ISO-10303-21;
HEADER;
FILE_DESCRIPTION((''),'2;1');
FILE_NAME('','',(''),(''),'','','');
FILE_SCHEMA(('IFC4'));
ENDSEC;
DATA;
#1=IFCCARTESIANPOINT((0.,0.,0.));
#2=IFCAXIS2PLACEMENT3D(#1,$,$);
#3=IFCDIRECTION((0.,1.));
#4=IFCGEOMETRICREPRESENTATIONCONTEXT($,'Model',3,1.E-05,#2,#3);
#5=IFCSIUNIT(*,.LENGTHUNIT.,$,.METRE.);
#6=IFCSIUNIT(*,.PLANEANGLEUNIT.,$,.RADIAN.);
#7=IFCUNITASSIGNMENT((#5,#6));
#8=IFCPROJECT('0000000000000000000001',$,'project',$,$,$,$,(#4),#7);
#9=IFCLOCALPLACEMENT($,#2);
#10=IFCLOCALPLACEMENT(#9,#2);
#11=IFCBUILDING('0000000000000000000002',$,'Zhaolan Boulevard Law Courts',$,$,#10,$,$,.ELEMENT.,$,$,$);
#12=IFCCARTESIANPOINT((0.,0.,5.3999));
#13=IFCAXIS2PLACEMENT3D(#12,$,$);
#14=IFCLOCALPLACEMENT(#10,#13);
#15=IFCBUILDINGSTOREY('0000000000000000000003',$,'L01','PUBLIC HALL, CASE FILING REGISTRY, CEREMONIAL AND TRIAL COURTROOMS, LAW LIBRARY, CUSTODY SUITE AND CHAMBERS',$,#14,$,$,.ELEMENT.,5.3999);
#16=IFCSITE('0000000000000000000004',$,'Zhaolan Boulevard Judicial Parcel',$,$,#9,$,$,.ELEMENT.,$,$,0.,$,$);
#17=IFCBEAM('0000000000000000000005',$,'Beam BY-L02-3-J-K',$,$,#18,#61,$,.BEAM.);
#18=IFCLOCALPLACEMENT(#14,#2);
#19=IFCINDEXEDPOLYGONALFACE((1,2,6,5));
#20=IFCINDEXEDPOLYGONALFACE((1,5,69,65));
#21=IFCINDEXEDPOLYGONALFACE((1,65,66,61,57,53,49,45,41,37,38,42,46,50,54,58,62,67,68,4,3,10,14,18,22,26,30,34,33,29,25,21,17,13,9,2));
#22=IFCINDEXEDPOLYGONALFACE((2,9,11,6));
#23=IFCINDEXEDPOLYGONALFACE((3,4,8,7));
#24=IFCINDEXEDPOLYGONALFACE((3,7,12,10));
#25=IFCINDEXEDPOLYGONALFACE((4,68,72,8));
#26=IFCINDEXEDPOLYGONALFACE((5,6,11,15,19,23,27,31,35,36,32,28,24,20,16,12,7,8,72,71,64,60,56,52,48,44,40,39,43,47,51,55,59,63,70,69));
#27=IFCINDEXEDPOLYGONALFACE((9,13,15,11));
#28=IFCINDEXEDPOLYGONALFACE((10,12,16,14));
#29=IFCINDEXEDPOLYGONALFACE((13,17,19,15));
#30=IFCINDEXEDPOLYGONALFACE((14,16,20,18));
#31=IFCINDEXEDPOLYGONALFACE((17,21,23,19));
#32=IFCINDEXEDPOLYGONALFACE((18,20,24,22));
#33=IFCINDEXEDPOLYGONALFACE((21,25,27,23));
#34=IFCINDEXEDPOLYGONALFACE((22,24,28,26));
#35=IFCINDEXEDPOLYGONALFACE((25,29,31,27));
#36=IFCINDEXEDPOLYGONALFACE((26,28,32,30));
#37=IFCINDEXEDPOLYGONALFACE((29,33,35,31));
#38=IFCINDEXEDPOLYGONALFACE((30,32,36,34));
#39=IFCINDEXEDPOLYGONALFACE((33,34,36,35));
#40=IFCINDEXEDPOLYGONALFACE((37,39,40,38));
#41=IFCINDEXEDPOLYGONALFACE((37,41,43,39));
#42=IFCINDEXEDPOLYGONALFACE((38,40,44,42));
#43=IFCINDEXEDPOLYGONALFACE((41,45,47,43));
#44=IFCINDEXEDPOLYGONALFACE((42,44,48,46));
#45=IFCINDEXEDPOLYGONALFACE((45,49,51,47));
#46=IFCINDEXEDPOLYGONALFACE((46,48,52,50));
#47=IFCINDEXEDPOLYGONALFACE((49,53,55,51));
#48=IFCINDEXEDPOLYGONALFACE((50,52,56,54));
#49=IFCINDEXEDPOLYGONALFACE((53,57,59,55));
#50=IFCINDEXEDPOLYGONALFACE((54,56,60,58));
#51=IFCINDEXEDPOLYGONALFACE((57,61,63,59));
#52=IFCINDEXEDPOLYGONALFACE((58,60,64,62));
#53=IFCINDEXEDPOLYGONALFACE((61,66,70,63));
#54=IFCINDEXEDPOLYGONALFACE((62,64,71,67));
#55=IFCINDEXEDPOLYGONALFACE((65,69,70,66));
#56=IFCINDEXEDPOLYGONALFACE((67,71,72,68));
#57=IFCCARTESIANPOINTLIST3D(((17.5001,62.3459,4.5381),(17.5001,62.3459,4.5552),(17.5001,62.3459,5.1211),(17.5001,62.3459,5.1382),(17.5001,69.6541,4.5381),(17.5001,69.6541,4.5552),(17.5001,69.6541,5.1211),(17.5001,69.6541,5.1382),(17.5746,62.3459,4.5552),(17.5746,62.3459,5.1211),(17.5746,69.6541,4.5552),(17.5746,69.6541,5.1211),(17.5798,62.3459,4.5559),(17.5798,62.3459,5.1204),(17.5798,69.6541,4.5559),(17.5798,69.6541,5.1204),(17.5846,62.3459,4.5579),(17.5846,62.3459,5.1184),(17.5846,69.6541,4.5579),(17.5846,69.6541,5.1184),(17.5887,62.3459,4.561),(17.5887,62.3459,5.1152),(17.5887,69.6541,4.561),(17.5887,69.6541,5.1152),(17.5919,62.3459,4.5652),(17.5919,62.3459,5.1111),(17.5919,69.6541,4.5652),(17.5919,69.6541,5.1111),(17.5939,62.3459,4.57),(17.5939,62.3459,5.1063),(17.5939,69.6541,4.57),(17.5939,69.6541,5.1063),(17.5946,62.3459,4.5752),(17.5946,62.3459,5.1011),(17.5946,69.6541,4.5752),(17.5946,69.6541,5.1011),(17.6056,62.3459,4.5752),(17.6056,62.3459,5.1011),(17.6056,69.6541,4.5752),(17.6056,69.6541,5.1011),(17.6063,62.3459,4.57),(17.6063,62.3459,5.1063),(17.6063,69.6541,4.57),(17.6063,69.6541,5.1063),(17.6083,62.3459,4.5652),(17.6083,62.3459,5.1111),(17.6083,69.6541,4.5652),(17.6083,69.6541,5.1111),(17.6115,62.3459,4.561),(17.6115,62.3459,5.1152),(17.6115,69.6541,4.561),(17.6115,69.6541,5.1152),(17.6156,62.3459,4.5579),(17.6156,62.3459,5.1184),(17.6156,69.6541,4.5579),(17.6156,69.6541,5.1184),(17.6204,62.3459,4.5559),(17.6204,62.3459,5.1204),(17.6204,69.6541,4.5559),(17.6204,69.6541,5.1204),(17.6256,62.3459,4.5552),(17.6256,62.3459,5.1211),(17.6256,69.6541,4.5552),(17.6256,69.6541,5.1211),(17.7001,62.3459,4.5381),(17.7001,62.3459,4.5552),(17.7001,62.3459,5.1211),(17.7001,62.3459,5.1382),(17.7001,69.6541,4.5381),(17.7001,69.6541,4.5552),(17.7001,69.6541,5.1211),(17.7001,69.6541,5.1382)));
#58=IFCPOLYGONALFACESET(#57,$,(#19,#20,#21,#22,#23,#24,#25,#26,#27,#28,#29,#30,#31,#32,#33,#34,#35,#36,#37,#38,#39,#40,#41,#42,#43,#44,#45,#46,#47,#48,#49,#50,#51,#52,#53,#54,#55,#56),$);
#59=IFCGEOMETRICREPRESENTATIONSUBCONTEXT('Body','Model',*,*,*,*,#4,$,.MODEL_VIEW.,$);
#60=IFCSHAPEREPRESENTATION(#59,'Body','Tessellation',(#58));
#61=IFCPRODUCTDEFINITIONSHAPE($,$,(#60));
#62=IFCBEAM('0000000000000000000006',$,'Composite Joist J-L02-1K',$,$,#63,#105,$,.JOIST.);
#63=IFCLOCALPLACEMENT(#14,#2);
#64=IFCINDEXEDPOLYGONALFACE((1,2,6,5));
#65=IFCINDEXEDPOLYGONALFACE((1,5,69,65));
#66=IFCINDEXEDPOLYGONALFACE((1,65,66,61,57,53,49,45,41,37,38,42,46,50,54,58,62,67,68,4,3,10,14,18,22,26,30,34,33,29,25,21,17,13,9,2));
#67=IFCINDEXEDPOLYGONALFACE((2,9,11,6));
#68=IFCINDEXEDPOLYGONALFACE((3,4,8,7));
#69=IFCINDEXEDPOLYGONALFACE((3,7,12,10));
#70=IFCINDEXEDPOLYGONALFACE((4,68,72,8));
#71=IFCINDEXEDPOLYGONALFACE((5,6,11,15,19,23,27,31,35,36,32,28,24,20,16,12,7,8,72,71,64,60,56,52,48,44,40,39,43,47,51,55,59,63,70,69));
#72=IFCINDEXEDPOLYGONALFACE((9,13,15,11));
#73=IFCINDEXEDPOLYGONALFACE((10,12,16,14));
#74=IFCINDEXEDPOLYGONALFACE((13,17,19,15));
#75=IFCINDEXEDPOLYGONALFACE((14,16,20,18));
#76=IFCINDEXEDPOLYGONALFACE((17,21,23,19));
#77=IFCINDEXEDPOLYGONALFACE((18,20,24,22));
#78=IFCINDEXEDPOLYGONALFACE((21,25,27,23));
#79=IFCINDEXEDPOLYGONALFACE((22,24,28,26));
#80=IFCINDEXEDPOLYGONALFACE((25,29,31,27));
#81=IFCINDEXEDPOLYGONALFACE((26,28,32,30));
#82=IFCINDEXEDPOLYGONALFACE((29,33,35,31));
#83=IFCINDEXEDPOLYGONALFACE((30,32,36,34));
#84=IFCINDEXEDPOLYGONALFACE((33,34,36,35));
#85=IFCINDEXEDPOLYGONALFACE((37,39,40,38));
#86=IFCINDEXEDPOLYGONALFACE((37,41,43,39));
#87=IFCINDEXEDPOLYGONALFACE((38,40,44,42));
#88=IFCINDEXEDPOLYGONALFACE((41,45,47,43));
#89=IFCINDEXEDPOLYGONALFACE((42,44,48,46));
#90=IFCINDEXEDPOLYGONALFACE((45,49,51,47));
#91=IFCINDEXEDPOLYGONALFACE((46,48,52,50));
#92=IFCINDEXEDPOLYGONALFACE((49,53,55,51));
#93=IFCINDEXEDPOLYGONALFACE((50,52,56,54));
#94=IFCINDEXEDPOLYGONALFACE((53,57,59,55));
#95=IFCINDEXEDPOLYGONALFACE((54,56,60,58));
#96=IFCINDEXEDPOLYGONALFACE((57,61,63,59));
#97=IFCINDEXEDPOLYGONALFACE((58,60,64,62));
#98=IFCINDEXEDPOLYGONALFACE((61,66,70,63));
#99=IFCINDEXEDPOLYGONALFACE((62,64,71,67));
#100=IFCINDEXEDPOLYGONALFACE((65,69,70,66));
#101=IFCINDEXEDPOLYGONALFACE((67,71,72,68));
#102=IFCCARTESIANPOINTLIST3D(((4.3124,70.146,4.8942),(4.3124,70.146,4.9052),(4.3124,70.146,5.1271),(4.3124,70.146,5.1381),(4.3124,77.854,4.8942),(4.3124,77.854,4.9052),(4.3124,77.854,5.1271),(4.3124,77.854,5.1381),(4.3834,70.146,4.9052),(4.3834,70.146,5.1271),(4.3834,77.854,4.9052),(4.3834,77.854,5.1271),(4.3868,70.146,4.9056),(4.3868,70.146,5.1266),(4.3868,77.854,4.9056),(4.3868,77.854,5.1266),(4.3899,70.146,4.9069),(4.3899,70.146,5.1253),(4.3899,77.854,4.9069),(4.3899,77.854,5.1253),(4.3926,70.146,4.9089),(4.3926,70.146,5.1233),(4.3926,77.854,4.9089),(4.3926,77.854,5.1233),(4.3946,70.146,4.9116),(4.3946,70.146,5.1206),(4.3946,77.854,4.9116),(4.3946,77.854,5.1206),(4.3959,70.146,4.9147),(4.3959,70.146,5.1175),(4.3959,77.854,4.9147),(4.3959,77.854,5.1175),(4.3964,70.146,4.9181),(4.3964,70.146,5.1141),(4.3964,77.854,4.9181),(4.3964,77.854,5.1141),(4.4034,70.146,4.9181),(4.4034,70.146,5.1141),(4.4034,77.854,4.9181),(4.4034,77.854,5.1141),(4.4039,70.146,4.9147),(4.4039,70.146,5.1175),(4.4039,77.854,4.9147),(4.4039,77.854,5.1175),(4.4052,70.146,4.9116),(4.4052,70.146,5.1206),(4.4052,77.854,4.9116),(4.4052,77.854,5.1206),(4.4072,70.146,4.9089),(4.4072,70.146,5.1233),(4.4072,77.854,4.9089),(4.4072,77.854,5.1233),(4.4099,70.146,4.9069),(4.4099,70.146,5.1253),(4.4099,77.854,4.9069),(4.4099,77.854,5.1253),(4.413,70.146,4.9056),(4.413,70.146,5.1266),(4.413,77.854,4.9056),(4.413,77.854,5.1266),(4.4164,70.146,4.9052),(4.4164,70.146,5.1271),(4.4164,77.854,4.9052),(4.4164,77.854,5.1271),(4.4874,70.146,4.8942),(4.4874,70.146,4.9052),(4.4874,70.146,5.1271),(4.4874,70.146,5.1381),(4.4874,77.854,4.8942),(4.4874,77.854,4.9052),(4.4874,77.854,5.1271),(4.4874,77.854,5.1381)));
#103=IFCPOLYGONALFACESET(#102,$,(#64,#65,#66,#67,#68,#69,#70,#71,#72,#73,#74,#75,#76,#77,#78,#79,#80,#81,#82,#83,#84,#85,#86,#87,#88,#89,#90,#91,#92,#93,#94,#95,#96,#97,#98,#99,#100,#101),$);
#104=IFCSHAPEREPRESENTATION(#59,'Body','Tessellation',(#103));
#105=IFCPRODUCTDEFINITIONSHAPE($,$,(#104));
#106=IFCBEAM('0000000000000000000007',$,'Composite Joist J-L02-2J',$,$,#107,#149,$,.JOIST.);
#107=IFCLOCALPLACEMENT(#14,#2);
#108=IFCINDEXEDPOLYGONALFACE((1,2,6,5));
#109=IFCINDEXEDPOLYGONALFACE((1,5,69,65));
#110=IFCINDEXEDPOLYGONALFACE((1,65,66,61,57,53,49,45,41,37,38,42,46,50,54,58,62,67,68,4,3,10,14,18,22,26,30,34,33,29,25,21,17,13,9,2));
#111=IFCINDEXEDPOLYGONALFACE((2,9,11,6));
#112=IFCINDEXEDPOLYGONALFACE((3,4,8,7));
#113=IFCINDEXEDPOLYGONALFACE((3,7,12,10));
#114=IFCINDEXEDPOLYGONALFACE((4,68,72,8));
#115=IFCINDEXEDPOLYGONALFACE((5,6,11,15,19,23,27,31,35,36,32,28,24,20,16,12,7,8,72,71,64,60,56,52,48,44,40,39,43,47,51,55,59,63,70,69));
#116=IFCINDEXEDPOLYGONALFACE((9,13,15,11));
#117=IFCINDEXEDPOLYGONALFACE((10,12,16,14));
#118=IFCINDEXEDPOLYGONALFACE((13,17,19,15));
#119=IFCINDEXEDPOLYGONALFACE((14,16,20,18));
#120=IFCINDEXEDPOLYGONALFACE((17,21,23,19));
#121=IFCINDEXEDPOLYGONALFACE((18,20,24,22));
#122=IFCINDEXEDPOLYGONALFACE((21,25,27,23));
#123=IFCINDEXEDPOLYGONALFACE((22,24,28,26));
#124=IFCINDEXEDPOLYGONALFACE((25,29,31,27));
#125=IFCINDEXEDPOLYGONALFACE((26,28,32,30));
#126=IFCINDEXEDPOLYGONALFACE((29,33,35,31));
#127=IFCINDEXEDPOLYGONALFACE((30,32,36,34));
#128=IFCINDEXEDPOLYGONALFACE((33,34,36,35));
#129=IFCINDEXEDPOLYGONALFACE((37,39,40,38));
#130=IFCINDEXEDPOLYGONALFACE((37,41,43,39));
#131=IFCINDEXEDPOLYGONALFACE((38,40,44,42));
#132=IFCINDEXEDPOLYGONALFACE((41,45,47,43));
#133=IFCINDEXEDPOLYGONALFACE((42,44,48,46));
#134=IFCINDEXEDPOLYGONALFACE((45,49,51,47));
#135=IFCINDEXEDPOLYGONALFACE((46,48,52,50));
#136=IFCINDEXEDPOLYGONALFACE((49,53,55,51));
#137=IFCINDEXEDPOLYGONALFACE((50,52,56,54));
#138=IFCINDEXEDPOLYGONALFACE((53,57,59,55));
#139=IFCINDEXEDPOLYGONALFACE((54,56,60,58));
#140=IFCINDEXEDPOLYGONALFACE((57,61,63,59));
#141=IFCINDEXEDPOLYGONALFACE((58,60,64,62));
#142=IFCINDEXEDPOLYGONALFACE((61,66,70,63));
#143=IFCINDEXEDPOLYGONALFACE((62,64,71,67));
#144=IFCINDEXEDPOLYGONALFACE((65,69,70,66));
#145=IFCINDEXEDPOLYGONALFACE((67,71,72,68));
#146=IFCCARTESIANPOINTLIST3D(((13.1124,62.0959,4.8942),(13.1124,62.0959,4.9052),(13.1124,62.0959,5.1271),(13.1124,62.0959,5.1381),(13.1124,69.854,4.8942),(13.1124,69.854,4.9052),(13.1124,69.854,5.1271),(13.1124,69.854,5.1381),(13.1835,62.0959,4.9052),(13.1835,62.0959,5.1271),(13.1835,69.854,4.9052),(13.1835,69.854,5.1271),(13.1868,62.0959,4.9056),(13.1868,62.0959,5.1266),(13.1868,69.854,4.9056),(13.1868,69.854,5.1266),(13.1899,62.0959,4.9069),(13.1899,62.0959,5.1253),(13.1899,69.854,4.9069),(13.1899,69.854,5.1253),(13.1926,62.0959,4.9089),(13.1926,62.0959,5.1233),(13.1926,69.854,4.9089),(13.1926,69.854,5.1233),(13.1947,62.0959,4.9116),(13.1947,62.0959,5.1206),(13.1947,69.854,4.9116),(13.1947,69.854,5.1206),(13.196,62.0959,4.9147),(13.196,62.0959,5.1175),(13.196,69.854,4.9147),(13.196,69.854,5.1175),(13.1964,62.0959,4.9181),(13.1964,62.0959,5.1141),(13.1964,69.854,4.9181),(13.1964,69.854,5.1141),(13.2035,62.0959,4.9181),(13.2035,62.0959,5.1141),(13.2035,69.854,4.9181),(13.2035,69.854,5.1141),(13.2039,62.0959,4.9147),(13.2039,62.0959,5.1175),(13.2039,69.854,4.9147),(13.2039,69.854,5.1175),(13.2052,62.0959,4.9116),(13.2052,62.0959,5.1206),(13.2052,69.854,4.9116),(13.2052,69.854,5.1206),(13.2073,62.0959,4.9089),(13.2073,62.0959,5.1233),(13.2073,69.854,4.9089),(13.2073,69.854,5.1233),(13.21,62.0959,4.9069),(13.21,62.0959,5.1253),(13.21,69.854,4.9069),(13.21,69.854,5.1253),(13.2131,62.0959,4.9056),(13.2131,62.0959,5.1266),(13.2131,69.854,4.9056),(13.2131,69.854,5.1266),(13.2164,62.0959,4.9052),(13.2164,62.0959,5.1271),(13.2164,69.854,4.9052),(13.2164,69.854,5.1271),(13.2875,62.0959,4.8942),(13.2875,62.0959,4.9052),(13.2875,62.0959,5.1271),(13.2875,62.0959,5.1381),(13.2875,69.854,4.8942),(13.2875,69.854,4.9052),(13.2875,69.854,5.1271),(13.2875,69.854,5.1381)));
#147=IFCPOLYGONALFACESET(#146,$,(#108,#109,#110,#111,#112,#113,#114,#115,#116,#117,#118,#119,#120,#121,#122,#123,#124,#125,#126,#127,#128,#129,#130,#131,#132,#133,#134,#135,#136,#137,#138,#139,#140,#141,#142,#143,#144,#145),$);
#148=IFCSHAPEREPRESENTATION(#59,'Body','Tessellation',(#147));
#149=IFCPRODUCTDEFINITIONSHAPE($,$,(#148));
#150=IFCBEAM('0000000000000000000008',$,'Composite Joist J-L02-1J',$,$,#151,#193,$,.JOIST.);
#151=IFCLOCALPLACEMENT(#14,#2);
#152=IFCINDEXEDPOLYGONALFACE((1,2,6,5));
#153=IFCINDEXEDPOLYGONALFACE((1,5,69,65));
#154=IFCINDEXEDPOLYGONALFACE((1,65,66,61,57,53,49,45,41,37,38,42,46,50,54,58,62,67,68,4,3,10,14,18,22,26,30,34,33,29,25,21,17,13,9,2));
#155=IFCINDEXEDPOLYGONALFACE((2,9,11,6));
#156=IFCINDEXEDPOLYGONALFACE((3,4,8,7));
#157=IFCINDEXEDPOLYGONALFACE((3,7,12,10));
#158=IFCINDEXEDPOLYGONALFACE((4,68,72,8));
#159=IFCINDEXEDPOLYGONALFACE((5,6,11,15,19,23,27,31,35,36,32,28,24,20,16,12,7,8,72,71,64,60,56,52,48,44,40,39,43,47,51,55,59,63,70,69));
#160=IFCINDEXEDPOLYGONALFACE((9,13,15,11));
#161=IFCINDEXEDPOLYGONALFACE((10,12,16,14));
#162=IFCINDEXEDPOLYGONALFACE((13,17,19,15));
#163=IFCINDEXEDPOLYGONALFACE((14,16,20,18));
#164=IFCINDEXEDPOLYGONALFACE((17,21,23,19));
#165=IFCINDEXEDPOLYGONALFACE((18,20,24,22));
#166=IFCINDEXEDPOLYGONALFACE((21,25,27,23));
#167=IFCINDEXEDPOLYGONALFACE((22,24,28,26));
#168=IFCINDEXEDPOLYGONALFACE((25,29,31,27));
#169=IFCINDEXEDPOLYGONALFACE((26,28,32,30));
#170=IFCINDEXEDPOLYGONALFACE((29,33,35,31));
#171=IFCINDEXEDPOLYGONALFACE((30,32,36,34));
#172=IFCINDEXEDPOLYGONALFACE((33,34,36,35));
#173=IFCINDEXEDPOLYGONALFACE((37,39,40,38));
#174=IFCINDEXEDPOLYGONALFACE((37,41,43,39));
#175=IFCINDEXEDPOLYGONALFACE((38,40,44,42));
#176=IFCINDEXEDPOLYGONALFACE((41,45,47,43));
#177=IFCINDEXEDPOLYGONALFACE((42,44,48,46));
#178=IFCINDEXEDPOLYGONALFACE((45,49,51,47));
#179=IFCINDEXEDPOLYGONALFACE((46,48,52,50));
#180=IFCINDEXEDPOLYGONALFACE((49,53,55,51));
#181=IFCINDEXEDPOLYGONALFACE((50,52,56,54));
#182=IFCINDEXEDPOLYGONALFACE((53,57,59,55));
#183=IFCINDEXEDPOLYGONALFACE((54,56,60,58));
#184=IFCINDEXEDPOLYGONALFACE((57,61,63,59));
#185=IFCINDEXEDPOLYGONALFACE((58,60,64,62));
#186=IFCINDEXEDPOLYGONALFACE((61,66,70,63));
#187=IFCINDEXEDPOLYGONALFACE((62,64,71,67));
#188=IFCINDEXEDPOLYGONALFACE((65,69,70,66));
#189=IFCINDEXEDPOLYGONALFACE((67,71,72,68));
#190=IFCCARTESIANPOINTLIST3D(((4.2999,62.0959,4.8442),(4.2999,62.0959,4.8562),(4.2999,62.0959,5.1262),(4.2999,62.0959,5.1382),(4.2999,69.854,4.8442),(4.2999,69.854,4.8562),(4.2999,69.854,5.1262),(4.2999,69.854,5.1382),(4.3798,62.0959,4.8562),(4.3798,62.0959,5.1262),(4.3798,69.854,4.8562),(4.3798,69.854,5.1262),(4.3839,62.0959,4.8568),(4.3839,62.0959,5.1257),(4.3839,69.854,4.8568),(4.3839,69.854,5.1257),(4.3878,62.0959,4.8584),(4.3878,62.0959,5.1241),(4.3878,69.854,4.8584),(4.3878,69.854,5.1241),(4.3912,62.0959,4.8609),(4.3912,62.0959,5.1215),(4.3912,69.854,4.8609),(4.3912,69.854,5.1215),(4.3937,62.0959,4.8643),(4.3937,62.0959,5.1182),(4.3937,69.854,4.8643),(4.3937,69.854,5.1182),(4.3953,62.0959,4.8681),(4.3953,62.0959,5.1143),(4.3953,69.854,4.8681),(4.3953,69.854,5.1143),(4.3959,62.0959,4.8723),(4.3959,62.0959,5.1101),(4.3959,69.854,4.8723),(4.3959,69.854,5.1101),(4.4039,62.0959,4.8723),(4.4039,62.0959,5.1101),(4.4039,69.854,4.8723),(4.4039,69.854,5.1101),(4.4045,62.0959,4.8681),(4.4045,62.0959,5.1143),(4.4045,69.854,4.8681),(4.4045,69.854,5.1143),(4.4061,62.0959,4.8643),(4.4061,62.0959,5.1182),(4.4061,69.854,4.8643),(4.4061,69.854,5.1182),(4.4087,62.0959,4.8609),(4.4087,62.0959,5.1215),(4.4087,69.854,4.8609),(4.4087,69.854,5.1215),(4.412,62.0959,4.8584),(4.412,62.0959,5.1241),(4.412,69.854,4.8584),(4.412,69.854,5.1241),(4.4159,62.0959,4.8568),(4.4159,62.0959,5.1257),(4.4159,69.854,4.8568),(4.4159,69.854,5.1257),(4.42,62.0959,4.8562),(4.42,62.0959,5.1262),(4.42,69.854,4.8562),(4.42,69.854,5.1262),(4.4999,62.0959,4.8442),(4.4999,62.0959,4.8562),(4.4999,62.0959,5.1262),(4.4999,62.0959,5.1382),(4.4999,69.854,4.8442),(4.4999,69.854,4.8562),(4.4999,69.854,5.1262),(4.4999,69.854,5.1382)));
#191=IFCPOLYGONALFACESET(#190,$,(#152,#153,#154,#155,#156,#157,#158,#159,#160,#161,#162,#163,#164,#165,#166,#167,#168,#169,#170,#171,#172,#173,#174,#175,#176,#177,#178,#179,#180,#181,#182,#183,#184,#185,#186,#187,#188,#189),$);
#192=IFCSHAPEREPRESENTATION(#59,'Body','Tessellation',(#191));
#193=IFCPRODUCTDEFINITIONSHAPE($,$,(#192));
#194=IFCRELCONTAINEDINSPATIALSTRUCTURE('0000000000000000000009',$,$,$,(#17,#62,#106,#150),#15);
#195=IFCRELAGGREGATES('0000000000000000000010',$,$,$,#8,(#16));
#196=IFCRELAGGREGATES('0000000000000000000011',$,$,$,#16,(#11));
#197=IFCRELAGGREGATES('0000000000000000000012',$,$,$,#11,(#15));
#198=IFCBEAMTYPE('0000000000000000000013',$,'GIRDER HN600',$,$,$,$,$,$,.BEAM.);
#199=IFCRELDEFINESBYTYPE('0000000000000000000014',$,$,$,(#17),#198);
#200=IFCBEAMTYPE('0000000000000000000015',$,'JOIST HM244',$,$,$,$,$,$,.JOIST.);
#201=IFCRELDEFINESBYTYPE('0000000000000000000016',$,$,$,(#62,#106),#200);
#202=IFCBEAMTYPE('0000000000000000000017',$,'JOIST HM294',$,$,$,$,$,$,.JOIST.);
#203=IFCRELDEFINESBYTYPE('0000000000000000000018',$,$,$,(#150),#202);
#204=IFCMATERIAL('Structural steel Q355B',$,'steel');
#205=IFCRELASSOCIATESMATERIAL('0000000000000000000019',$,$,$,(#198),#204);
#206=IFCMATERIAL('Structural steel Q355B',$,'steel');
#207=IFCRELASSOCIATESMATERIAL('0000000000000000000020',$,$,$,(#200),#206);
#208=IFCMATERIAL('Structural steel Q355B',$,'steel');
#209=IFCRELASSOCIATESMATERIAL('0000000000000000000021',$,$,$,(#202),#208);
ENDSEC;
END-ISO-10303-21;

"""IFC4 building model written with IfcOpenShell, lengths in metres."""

from ifc_helpers import new_model, si_unit, direction, frame, origin, origin_2d, place, context, subcontext, project, spatial, i_section, extrude, material, material_profile, profile_set, type_object, element, save


model = new_model("IFC4")

# Units and contexts
model_context = context("Model", 3, precision=1e-05, world=origin(), true_north=direction((0.0, 1.0)))
body_context = subcontext(model_context, "Body", "Model", "MODEL_VIEW")
ifc_project = project(units=[si_unit("LENGTHUNIT", "METRE"), si_unit("PLANEANGLEUNIT", "RADIAN")], contexts=[model_context])

# Site, building, storey
site_placement = place(None, origin())
site = spatial("IfcSite", under=ifc_project, at=site_placement, Name="Zhaolan Boulevard Judicial Parcel", CompositionType="ELEMENT", RefElevation=0.0)
building_placement = place(site_placement, origin())
building = spatial("IfcBuilding", under=site, at=building_placement, Name="Zhaolan Boulevard Law Courts", CompositionType="ELEMENT")
storey_placement = place(building_placement, frame((0.0, 0.0, 5.3999)))
storey = spatial("IfcBuildingStorey", under=building, at=storey_placement, Name="L01", Description="PUBLIC HALL, CASE FILING REGISTRY, CEREMONIAL AND TRIAL COURTROOMS, LAW LIBRARY, CUSTODY SUITE AND CHAMBERS", CompositionType="ELEMENT", Elevation=5.3999)

# Beams
ifc_material_1 = material(Name="Structural steel Q355B", Category="steel")
ifc_material_profile_1 = material_profile(ifc_material_1, i_section(OverallWidth=0.2, OverallDepth=0.6001, WebThickness=0.011, FlangeThickness=0.0171, FilletRadius=0.02, at=origin_2d()), Name="HN600x200")
ifc_profile_set_1 = profile_set([ifc_material_profile_1], Name="Structural steel Q355B")
beam_type_1 = type_object("IfcBeamType", Name="GIRDER HN600", PredefinedType="BEAM", material=ifc_profile_set_1)
beam_1_placement = place(storey_placement, frame((17.6001, 62.3459, 4.8381), z_axis=(0.0, 1.0, 0.0), x_axis=(-1.0, 0.0, 0.0)))
element("IfcBeam", 1, at=beam_1_placement, inside=storey, type_object=beam_type_1, Name="Beam BY-L02-3-J-K", PredefinedType="BEAM", context=body_context, shape_type="SweptSolid", body=[
    extrude(i_section(OverallWidth=0.2, OverallDepth=0.6001, WebThickness=0.011, FlangeThickness=0.0171, FilletRadius=0.02, at=origin_2d()), origin(), (0.0, 0.0, 1.0), 7.3081),
])
ifc_material_2 = material(Name="Structural steel Q355B", Category="steel")
ifc_material_profile_2 = material_profile(ifc_material_2, i_section(OverallWidth=0.175, OverallDepth=0.2439, WebThickness=0.0071, FlangeThickness=0.011, FilletRadius=0.0129, at=origin_2d()), Name="HM244x175")
ifc_profile_set_2 = profile_set([ifc_material_profile_2], Name="Structural steel Q355B")
beam_type_2 = type_object("IfcBeamType", Name="JOIST HM244", PredefinedType="JOIST", material=ifc_profile_set_2)
beam_2_placement = place(storey_placement, frame((4.3999, 70.146, 5.0161), z_axis=(0.0, 1.0, 0.0), x_axis=(-1.0, 0.0, 0.0)))
element("IfcBeam", 2, at=beam_2_placement, inside=storey, type_object=beam_type_2, Name="Composite Joist J-L02-1K", PredefinedType="JOIST", context=body_context, shape_type="SweptSolid", body=[
    extrude(i_section(OverallWidth=0.175, OverallDepth=0.2439, WebThickness=0.0071, FlangeThickness=0.011, FilletRadius=0.0129, at=origin_2d()), origin(), (0.0, 0.0, 1.0), 7.708),
])
beam_3_placement = place(storey_placement, frame((13.2, 62.0959, 5.0161), z_axis=(0.0, 1.0, 0.0), x_axis=(-1.0, 0.0, 0.0)))
element("IfcBeam", 3, at=beam_3_placement, inside=storey, type_object=beam_type_2, Name="Composite Joist J-L02-2J", PredefinedType="JOIST", context=body_context, shape_type="SweptSolid", body=[
    extrude(i_section(OverallWidth=0.175, OverallDepth=0.2439, WebThickness=0.0071, FlangeThickness=0.011, FilletRadius=0.0129, at=origin_2d()), origin(), (0.0, 0.0, 1.0), 7.7581),
])
ifc_material_3 = material(Name="Structural steel Q355B", Category="steel")
ifc_material_profile_3 = material_profile(ifc_material_3, i_section(OverallWidth=0.2, OverallDepth=0.2939, WebThickness=0.0081, FlangeThickness=0.012, FilletRadius=0.0161, at=origin_2d()), Name="HM294x200")
ifc_profile_set_3 = profile_set([ifc_material_profile_3], Name="Structural steel Q355B")
beam_type_3 = type_object("IfcBeamType", Name="JOIST HM294", PredefinedType="JOIST", material=ifc_profile_set_3)
beam_4_placement = place(storey_placement, frame((4.3999, 62.0959, 4.9912), z_axis=(0.0, 1.0, 0.0), x_axis=(-1.0, 0.0, 0.0)))
element("IfcBeam", 4, at=beam_4_placement, inside=storey, type_object=beam_type_3, Name="Composite Joist J-L02-1J", PredefinedType="JOIST", context=body_context, shape_type="SweptSolid", body=[
    extrude(i_section(OverallWidth=0.2, OverallDepth=0.2939, WebThickness=0.0081, FlangeThickness=0.012, FilletRadius=0.0161, at=origin_2d()), origin(), (0.0, 0.0, 1.0), 7.7581),
])

save(model, "model.ifc")
